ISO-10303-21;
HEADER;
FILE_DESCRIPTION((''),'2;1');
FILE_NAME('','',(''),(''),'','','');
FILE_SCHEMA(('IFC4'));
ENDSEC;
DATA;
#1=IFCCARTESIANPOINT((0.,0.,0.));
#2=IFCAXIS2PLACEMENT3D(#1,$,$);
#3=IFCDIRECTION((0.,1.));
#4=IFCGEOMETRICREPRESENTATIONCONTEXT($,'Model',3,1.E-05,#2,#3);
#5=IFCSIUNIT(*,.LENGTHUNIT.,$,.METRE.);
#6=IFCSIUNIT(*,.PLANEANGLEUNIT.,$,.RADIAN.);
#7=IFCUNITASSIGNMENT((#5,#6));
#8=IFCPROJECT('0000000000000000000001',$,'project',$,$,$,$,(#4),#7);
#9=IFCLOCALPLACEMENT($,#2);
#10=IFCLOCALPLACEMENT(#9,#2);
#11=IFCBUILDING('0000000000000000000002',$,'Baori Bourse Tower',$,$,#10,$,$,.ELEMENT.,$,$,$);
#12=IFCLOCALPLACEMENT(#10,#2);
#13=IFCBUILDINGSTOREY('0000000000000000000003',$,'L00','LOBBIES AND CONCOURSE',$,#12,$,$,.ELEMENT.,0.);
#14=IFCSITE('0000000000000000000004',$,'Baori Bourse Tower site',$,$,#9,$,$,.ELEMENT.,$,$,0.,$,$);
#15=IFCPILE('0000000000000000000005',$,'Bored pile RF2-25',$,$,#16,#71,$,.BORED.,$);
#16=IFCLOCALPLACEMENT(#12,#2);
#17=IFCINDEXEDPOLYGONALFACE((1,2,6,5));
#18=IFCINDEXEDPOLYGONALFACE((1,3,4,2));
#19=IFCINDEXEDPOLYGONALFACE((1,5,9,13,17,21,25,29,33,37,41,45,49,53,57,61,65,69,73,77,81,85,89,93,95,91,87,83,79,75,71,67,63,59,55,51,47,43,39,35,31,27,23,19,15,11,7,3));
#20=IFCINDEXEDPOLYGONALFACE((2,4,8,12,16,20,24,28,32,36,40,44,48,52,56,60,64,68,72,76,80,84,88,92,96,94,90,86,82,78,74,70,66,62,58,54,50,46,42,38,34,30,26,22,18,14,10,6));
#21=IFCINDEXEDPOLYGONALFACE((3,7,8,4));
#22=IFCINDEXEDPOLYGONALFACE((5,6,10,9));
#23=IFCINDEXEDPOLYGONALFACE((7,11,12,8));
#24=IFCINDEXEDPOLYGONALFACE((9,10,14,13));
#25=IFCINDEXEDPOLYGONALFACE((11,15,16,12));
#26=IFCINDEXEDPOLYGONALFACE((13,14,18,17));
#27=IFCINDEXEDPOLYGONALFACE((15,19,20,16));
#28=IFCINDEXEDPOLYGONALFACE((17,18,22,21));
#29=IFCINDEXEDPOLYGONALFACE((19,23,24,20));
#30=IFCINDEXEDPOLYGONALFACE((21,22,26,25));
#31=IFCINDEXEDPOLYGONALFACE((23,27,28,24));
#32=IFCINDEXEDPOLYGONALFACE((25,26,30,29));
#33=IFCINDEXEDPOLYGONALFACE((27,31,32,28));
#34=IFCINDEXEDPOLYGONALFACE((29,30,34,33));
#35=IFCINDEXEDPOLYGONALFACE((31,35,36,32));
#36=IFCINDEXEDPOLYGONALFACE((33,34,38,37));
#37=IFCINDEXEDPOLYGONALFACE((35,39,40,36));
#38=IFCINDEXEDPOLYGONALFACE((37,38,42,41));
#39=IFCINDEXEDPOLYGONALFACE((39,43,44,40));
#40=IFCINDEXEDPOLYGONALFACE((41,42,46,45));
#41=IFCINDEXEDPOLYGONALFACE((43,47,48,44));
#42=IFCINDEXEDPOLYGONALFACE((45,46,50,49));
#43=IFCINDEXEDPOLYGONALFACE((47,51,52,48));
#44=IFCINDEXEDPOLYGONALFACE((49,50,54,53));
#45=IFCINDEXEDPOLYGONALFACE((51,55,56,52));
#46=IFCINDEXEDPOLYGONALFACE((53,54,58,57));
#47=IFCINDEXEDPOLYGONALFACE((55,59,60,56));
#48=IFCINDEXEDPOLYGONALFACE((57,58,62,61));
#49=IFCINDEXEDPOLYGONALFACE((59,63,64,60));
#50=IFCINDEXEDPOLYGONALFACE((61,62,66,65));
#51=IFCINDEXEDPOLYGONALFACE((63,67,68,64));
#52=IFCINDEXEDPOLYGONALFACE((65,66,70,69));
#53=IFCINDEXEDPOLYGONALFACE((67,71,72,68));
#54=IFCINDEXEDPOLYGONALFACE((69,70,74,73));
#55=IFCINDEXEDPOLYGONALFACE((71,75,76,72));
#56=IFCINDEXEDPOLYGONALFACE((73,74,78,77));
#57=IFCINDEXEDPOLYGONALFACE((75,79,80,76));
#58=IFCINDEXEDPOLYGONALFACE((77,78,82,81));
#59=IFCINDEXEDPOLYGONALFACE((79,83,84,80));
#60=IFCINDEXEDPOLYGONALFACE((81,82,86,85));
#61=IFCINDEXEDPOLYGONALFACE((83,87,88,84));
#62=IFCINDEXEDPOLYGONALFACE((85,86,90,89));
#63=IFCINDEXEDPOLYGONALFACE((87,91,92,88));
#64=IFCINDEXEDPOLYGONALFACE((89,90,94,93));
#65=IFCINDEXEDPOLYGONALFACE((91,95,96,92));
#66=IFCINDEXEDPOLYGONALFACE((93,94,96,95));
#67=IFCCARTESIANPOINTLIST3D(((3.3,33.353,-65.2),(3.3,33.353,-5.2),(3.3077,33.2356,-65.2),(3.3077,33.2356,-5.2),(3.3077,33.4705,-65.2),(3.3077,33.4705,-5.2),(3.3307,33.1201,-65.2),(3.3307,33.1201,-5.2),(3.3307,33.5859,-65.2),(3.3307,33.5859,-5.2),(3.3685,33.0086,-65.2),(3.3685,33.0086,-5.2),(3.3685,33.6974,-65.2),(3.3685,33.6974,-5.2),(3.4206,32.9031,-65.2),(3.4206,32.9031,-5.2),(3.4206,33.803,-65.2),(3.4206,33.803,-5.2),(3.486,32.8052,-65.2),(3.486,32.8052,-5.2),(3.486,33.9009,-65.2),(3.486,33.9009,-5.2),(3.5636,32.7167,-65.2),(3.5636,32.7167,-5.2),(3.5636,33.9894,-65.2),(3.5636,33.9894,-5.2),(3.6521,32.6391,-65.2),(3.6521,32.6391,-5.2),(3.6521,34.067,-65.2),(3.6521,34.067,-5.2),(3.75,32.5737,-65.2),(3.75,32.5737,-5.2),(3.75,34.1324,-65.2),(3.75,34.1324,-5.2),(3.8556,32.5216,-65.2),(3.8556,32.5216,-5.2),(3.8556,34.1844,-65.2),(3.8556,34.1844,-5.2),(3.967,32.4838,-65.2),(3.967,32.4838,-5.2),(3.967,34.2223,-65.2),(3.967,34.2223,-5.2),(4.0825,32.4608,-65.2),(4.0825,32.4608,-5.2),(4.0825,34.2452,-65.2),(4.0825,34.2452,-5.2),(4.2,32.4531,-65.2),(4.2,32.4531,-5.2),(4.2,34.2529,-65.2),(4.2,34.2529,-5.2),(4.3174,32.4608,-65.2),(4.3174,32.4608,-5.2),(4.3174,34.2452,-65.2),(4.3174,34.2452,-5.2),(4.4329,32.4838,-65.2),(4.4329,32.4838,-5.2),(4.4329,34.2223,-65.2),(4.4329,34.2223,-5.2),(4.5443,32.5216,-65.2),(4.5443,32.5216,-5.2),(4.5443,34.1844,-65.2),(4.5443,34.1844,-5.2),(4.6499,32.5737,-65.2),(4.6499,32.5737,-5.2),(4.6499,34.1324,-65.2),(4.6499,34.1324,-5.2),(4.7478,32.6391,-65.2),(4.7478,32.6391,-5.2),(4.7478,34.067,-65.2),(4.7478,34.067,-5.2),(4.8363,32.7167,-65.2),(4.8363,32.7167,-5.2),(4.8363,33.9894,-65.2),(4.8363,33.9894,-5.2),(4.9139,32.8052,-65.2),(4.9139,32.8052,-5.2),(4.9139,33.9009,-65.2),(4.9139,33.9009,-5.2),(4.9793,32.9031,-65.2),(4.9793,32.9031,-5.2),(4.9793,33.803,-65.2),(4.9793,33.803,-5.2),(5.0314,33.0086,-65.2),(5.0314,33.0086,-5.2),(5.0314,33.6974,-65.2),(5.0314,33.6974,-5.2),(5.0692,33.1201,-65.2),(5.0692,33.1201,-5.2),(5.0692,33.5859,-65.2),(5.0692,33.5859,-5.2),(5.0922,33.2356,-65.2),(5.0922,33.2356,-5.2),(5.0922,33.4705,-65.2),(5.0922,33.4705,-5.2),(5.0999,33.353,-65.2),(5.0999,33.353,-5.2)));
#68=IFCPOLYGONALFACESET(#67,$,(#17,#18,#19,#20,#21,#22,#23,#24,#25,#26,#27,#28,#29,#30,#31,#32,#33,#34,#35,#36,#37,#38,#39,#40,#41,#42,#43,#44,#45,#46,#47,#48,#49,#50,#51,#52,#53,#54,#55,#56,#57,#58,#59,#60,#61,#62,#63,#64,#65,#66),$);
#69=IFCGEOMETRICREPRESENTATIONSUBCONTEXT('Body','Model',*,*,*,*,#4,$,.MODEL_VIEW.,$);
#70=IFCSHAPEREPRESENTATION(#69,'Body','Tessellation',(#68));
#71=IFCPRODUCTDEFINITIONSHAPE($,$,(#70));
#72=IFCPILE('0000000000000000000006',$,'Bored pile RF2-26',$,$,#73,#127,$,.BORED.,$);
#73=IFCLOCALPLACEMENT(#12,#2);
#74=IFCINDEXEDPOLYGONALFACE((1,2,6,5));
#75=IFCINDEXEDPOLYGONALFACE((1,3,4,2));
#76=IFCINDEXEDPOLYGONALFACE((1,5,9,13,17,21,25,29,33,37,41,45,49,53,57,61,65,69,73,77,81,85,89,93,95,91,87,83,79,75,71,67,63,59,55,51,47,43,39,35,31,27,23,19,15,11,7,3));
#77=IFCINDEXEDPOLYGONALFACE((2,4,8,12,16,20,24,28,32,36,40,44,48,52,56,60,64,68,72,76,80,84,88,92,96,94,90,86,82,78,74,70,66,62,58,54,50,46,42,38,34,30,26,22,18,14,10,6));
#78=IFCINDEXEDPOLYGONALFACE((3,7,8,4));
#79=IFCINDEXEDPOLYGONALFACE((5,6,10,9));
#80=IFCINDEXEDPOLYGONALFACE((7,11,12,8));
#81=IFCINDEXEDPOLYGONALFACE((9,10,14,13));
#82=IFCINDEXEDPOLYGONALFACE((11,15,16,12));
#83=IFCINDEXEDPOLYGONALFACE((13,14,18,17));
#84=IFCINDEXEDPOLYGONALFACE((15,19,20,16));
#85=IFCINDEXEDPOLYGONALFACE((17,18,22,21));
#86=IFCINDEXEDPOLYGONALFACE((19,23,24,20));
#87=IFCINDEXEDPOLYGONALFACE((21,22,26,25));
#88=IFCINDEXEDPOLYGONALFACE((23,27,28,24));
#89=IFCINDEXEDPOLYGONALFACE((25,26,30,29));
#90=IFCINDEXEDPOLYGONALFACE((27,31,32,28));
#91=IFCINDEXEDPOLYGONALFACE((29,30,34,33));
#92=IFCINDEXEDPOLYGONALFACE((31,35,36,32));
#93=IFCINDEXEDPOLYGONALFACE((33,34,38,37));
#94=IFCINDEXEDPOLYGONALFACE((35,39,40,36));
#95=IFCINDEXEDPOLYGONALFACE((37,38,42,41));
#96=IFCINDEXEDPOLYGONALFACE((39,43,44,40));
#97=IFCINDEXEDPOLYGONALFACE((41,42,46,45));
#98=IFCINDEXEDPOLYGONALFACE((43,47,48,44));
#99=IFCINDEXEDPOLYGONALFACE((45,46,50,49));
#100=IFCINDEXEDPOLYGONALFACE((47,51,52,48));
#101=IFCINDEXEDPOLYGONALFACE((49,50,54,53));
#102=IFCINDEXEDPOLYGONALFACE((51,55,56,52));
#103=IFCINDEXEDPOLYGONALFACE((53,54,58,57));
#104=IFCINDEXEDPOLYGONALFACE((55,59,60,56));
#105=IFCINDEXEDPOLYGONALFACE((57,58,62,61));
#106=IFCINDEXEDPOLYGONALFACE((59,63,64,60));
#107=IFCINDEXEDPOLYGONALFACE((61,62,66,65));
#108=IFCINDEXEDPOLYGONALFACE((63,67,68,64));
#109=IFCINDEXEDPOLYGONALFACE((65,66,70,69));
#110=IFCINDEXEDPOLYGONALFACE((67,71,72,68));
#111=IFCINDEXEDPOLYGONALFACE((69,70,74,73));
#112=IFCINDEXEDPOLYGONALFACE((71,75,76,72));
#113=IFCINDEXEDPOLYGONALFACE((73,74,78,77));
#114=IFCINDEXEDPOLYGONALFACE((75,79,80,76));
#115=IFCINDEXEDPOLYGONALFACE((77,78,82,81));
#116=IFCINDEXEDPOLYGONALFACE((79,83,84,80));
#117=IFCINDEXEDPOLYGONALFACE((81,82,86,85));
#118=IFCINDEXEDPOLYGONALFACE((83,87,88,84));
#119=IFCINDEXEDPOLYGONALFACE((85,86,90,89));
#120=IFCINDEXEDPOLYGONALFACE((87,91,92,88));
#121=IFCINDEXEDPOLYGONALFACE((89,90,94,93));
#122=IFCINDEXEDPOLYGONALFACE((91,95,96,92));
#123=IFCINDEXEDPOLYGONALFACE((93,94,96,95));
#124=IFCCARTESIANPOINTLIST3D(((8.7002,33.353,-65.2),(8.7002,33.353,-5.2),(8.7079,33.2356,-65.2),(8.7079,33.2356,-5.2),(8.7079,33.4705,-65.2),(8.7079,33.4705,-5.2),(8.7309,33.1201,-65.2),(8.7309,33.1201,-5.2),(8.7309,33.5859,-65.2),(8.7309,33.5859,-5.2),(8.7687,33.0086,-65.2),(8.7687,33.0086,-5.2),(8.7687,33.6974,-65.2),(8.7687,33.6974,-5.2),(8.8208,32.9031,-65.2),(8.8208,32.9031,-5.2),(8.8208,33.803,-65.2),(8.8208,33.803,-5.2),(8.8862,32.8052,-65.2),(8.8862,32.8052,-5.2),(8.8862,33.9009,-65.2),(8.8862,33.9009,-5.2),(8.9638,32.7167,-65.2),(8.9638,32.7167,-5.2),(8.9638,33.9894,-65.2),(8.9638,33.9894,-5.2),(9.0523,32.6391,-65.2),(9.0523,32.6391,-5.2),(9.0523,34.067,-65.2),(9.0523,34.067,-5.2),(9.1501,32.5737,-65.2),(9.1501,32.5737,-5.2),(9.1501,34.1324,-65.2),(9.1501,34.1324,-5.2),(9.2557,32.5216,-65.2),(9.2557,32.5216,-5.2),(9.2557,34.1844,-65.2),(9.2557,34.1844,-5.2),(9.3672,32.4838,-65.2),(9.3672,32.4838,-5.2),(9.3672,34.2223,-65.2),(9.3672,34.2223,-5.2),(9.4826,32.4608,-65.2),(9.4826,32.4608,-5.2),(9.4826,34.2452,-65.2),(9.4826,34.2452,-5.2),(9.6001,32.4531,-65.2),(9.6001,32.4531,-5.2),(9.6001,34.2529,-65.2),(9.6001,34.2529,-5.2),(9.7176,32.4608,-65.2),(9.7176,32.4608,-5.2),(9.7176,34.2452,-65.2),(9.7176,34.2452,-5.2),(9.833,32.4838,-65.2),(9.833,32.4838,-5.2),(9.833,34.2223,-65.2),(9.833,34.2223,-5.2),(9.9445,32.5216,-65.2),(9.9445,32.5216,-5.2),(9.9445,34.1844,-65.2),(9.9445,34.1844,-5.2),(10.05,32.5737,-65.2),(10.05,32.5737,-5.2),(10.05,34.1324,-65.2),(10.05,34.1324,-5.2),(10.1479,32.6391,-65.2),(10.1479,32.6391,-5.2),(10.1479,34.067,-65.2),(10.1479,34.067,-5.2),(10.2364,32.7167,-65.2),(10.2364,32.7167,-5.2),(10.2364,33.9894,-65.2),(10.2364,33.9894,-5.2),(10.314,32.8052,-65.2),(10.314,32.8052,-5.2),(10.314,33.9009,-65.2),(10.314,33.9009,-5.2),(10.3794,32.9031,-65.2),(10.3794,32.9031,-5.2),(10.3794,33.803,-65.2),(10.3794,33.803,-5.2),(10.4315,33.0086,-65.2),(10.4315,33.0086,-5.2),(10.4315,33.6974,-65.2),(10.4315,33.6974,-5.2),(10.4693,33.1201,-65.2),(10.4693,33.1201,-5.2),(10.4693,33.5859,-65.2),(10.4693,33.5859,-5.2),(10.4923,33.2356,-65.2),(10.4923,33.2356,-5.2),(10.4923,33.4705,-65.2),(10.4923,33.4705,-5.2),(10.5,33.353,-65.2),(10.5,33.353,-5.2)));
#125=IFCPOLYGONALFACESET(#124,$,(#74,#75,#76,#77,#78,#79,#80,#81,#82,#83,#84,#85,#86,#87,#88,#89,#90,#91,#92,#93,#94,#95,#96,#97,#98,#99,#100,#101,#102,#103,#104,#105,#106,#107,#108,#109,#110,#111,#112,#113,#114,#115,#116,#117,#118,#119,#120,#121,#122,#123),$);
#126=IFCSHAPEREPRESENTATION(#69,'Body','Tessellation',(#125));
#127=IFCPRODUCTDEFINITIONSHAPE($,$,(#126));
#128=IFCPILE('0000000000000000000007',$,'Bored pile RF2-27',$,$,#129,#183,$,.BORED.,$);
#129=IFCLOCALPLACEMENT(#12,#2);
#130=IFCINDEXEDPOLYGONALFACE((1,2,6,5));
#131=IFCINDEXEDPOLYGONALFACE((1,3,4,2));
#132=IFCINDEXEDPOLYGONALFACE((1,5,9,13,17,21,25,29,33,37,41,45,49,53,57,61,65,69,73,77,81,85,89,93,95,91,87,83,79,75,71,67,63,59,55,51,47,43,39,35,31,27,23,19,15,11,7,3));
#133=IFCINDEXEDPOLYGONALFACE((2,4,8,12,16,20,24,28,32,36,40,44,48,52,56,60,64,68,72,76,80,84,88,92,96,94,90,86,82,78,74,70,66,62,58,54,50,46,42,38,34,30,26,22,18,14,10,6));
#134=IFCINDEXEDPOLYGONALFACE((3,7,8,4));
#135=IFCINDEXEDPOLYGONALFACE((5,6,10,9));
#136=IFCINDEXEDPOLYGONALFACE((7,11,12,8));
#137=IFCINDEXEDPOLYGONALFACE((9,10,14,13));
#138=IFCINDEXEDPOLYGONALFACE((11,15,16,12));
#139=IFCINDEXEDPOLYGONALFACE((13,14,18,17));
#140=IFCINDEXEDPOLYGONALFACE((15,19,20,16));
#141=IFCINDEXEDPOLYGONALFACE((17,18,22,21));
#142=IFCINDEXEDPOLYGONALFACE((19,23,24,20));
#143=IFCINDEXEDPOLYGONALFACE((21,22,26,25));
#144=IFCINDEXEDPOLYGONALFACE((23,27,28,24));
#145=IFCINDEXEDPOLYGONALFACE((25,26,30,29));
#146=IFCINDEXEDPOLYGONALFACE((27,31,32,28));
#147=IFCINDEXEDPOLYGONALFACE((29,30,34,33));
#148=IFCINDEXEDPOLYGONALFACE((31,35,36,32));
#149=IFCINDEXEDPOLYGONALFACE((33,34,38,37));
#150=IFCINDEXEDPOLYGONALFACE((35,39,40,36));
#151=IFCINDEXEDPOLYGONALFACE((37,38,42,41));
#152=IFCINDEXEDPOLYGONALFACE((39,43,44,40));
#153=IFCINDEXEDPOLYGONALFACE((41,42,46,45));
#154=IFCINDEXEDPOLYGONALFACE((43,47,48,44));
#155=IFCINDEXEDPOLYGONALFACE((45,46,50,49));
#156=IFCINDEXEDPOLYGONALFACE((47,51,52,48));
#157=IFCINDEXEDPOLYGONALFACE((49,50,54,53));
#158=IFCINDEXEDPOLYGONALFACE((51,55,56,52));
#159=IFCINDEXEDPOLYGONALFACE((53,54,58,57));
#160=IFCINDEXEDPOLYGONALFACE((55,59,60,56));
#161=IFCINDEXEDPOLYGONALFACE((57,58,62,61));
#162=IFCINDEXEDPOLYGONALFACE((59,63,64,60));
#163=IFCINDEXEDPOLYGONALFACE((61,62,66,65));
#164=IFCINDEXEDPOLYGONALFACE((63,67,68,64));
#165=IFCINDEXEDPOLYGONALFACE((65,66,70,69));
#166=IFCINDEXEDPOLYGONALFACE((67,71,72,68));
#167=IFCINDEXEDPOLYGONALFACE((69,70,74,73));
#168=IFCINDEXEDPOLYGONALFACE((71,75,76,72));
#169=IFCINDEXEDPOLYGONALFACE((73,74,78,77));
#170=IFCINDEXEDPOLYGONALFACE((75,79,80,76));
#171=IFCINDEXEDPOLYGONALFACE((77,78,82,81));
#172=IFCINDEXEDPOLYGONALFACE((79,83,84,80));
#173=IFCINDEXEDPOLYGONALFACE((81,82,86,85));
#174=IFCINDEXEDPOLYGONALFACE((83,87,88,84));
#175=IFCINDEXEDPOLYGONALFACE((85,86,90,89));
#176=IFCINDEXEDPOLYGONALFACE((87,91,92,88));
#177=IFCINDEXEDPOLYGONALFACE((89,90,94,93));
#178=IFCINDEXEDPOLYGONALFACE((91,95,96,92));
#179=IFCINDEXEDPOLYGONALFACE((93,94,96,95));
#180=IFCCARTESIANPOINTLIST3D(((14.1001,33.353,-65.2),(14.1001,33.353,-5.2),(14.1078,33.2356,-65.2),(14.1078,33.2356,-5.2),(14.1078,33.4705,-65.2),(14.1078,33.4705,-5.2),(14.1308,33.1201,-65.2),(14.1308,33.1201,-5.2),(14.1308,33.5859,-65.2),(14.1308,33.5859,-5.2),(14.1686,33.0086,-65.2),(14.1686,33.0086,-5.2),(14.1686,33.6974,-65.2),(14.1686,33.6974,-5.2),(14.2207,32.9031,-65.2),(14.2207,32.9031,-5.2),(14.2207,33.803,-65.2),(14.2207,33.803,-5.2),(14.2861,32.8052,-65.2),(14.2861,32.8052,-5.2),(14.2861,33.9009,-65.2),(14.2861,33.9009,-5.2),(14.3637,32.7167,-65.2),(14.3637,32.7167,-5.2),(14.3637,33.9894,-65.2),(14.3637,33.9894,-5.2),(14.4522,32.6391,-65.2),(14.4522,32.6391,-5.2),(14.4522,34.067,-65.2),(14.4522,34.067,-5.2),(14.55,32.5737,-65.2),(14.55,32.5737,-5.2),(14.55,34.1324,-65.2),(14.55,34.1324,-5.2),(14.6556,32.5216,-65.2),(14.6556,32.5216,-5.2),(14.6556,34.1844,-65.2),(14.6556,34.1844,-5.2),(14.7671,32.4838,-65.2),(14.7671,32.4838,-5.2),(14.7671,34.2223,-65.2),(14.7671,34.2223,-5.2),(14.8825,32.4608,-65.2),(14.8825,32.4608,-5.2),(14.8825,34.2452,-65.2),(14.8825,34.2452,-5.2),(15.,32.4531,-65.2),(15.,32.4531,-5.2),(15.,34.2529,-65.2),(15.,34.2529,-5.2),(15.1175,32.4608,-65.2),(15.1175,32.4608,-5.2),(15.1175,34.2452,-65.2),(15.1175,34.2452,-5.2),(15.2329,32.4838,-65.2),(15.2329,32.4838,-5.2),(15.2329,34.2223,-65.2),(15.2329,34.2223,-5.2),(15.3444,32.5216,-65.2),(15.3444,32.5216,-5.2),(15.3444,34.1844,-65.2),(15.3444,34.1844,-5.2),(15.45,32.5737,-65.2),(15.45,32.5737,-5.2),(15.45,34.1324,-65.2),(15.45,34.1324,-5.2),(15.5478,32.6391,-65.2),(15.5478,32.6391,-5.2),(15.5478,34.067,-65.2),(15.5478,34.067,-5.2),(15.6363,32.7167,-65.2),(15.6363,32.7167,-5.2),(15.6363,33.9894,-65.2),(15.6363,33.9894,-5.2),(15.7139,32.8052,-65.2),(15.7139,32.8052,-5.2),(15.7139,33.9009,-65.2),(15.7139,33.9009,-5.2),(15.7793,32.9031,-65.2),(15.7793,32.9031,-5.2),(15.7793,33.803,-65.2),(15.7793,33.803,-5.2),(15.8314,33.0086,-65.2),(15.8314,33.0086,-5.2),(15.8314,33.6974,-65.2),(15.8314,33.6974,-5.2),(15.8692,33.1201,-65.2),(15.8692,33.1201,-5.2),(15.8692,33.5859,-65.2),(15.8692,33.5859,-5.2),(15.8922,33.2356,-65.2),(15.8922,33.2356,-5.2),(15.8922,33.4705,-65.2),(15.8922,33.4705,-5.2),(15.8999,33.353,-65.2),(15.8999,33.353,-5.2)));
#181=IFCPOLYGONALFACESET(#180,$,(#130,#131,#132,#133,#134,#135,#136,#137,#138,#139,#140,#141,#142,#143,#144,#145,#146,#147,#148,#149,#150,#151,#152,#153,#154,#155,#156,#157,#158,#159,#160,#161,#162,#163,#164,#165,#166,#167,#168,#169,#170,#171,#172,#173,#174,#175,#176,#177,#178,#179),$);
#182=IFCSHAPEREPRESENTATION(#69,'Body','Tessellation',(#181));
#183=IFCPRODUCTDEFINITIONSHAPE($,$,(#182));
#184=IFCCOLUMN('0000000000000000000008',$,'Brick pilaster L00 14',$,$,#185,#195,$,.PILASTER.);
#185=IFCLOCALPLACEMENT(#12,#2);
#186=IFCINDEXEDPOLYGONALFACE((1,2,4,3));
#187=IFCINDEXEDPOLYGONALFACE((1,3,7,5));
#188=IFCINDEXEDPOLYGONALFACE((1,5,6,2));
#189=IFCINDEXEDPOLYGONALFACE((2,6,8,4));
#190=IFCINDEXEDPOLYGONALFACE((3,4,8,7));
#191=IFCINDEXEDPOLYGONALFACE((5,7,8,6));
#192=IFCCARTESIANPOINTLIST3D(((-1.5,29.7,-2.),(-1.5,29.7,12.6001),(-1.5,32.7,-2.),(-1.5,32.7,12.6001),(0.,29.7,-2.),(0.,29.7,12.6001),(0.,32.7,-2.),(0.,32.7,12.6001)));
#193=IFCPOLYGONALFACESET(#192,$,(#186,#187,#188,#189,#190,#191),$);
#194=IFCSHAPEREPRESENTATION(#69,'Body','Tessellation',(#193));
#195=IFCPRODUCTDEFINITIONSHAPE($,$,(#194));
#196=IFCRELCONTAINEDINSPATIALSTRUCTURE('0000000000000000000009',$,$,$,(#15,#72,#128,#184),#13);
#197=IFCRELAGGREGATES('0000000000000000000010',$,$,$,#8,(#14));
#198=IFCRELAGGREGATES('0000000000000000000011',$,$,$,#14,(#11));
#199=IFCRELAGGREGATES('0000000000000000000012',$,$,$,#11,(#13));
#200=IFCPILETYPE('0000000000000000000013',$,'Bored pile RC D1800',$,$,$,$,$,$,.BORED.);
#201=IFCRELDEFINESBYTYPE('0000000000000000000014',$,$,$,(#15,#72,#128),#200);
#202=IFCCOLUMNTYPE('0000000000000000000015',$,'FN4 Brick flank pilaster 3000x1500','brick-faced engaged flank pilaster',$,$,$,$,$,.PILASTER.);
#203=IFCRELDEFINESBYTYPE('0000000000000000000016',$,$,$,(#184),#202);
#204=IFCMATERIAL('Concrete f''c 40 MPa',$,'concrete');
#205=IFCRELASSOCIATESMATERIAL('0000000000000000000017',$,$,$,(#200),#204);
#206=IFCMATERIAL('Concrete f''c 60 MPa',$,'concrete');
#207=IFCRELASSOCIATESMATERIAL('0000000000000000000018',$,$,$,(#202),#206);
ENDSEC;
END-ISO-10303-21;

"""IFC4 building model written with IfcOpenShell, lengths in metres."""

from ifc_helpers import new_model, si_unit, direction, frame, origin, origin_2d, place, context, subcontext, project, spatial, rectangle, circle, extrude, material, material_profile, profile_set, type_object, element, save


model = new_model("IFC4")

# Units and contexts
model_context = context("Model", 3, precision=1e-05, world=origin(), true_north=direction((0.0, 1.0)))
body_context = subcontext(model_context, "Body", "Model", "MODEL_VIEW")
ifc_project = project(units=[si_unit("LENGTHUNIT", "METRE"), si_unit("PLANEANGLEUNIT", "RADIAN")], contexts=[model_context])

# Site, building, storey
site_placement = place(None, origin())
site = spatial("IfcSite", under=ifc_project, at=site_placement, Name="Baori Bourse Tower site", CompositionType="ELEMENT", RefElevation=0.0)
building_placement = place(site_placement, origin())
building = spatial("IfcBuilding", under=site, at=building_placement, Name="Baori Bourse Tower", CompositionType="ELEMENT")
storey_placement = place(building_placement, origin())
storey = spatial("IfcBuildingStorey", under=building, at=storey_placement, Name="L00", Description="LOBBIES AND CONCOURSE", CompositionType="ELEMENT", Elevation=0.0)

# Piles
ifc_material_1 = material(Name="Concrete f'c 40 MPa", Category="concrete")
ifc_material_profile_1 = material_profile(ifc_material_1, circle(Radius=0.8999, at=origin_2d()), Name="RC D1800")
ifc_profile_set_1 = profile_set([ifc_material_profile_1], Name="Concrete f'c 40 MPa")
pile_type = type_object("IfcPileType", Name="Bored pile RC D1800", PredefinedType="BORED", material=ifc_profile_set_1)
for number, where, z_axis, x_axis, name in (
    (1, (4.2, 33.353, -5.2), (0.0, 0.0, -1.0), (1.0, 0.0, 0.0), "Bored pile RF2-25"),
    (2, (9.6001, 33.353, -5.2), (0.0, 0.0, -1.0), (1.0, 0.0, 0.0), "Bored pile RF2-26"),
    (3, (15.0, 33.353, -5.2), (0.0, 0.0, -1.0), (1.0, 0.0, 0.0), "Bored pile RF2-27"),
):
    element("IfcPile", number, at=place(storey_placement, frame(where, z_axis=z_axis, x_axis=x_axis)), inside=storey, type_object=pile_type, Name=name, PredefinedType="BORED", context=body_context, shape_type="SweptSolid", body=[
        extrude(circle(Radius=0.8999, at=origin_2d()), origin(), (0.0, 0.0, 1.0), 60.0),
    ])

# Column
ifc_material_2 = material(Name="Concrete f'c 60 MPa", Category="concrete")
ifc_material_profile_2 = material_profile(ifc_material_2, rectangle(XDim=3.0, YDim=1.5, at=origin_2d()), Name="RC 3000x1500")
ifc_profile_set_2 = profile_set([ifc_material_profile_2], Name="Concrete f'c 60 MPa")
column_type = type_object("IfcColumnType", Name="FN4 Brick flank pilaster 3000x1500", Description="brick-faced engaged flank pilaster", PredefinedType="PILASTER", material=ifc_profile_set_2)
column_placement = place(storey_placement, frame((-0.75, 31.2, -2.0), z_axis=(0.0, 0.0, 1.0), x_axis=(0.0, 1.0, 0.0)))
element("IfcColumn", 4, at=column_placement, inside=storey, type_object=column_type, Name="Brick pilaster L00 14", PredefinedType="PILASTER", context=body_context, shape_type="SweptSolid", body=[
    extrude(rectangle(XDim=3.0, YDim=1.5, at=origin_2d()), origin(), (0.0, 0.0, 1.0), 14.6001),
])

save(model, "model.ifc")
